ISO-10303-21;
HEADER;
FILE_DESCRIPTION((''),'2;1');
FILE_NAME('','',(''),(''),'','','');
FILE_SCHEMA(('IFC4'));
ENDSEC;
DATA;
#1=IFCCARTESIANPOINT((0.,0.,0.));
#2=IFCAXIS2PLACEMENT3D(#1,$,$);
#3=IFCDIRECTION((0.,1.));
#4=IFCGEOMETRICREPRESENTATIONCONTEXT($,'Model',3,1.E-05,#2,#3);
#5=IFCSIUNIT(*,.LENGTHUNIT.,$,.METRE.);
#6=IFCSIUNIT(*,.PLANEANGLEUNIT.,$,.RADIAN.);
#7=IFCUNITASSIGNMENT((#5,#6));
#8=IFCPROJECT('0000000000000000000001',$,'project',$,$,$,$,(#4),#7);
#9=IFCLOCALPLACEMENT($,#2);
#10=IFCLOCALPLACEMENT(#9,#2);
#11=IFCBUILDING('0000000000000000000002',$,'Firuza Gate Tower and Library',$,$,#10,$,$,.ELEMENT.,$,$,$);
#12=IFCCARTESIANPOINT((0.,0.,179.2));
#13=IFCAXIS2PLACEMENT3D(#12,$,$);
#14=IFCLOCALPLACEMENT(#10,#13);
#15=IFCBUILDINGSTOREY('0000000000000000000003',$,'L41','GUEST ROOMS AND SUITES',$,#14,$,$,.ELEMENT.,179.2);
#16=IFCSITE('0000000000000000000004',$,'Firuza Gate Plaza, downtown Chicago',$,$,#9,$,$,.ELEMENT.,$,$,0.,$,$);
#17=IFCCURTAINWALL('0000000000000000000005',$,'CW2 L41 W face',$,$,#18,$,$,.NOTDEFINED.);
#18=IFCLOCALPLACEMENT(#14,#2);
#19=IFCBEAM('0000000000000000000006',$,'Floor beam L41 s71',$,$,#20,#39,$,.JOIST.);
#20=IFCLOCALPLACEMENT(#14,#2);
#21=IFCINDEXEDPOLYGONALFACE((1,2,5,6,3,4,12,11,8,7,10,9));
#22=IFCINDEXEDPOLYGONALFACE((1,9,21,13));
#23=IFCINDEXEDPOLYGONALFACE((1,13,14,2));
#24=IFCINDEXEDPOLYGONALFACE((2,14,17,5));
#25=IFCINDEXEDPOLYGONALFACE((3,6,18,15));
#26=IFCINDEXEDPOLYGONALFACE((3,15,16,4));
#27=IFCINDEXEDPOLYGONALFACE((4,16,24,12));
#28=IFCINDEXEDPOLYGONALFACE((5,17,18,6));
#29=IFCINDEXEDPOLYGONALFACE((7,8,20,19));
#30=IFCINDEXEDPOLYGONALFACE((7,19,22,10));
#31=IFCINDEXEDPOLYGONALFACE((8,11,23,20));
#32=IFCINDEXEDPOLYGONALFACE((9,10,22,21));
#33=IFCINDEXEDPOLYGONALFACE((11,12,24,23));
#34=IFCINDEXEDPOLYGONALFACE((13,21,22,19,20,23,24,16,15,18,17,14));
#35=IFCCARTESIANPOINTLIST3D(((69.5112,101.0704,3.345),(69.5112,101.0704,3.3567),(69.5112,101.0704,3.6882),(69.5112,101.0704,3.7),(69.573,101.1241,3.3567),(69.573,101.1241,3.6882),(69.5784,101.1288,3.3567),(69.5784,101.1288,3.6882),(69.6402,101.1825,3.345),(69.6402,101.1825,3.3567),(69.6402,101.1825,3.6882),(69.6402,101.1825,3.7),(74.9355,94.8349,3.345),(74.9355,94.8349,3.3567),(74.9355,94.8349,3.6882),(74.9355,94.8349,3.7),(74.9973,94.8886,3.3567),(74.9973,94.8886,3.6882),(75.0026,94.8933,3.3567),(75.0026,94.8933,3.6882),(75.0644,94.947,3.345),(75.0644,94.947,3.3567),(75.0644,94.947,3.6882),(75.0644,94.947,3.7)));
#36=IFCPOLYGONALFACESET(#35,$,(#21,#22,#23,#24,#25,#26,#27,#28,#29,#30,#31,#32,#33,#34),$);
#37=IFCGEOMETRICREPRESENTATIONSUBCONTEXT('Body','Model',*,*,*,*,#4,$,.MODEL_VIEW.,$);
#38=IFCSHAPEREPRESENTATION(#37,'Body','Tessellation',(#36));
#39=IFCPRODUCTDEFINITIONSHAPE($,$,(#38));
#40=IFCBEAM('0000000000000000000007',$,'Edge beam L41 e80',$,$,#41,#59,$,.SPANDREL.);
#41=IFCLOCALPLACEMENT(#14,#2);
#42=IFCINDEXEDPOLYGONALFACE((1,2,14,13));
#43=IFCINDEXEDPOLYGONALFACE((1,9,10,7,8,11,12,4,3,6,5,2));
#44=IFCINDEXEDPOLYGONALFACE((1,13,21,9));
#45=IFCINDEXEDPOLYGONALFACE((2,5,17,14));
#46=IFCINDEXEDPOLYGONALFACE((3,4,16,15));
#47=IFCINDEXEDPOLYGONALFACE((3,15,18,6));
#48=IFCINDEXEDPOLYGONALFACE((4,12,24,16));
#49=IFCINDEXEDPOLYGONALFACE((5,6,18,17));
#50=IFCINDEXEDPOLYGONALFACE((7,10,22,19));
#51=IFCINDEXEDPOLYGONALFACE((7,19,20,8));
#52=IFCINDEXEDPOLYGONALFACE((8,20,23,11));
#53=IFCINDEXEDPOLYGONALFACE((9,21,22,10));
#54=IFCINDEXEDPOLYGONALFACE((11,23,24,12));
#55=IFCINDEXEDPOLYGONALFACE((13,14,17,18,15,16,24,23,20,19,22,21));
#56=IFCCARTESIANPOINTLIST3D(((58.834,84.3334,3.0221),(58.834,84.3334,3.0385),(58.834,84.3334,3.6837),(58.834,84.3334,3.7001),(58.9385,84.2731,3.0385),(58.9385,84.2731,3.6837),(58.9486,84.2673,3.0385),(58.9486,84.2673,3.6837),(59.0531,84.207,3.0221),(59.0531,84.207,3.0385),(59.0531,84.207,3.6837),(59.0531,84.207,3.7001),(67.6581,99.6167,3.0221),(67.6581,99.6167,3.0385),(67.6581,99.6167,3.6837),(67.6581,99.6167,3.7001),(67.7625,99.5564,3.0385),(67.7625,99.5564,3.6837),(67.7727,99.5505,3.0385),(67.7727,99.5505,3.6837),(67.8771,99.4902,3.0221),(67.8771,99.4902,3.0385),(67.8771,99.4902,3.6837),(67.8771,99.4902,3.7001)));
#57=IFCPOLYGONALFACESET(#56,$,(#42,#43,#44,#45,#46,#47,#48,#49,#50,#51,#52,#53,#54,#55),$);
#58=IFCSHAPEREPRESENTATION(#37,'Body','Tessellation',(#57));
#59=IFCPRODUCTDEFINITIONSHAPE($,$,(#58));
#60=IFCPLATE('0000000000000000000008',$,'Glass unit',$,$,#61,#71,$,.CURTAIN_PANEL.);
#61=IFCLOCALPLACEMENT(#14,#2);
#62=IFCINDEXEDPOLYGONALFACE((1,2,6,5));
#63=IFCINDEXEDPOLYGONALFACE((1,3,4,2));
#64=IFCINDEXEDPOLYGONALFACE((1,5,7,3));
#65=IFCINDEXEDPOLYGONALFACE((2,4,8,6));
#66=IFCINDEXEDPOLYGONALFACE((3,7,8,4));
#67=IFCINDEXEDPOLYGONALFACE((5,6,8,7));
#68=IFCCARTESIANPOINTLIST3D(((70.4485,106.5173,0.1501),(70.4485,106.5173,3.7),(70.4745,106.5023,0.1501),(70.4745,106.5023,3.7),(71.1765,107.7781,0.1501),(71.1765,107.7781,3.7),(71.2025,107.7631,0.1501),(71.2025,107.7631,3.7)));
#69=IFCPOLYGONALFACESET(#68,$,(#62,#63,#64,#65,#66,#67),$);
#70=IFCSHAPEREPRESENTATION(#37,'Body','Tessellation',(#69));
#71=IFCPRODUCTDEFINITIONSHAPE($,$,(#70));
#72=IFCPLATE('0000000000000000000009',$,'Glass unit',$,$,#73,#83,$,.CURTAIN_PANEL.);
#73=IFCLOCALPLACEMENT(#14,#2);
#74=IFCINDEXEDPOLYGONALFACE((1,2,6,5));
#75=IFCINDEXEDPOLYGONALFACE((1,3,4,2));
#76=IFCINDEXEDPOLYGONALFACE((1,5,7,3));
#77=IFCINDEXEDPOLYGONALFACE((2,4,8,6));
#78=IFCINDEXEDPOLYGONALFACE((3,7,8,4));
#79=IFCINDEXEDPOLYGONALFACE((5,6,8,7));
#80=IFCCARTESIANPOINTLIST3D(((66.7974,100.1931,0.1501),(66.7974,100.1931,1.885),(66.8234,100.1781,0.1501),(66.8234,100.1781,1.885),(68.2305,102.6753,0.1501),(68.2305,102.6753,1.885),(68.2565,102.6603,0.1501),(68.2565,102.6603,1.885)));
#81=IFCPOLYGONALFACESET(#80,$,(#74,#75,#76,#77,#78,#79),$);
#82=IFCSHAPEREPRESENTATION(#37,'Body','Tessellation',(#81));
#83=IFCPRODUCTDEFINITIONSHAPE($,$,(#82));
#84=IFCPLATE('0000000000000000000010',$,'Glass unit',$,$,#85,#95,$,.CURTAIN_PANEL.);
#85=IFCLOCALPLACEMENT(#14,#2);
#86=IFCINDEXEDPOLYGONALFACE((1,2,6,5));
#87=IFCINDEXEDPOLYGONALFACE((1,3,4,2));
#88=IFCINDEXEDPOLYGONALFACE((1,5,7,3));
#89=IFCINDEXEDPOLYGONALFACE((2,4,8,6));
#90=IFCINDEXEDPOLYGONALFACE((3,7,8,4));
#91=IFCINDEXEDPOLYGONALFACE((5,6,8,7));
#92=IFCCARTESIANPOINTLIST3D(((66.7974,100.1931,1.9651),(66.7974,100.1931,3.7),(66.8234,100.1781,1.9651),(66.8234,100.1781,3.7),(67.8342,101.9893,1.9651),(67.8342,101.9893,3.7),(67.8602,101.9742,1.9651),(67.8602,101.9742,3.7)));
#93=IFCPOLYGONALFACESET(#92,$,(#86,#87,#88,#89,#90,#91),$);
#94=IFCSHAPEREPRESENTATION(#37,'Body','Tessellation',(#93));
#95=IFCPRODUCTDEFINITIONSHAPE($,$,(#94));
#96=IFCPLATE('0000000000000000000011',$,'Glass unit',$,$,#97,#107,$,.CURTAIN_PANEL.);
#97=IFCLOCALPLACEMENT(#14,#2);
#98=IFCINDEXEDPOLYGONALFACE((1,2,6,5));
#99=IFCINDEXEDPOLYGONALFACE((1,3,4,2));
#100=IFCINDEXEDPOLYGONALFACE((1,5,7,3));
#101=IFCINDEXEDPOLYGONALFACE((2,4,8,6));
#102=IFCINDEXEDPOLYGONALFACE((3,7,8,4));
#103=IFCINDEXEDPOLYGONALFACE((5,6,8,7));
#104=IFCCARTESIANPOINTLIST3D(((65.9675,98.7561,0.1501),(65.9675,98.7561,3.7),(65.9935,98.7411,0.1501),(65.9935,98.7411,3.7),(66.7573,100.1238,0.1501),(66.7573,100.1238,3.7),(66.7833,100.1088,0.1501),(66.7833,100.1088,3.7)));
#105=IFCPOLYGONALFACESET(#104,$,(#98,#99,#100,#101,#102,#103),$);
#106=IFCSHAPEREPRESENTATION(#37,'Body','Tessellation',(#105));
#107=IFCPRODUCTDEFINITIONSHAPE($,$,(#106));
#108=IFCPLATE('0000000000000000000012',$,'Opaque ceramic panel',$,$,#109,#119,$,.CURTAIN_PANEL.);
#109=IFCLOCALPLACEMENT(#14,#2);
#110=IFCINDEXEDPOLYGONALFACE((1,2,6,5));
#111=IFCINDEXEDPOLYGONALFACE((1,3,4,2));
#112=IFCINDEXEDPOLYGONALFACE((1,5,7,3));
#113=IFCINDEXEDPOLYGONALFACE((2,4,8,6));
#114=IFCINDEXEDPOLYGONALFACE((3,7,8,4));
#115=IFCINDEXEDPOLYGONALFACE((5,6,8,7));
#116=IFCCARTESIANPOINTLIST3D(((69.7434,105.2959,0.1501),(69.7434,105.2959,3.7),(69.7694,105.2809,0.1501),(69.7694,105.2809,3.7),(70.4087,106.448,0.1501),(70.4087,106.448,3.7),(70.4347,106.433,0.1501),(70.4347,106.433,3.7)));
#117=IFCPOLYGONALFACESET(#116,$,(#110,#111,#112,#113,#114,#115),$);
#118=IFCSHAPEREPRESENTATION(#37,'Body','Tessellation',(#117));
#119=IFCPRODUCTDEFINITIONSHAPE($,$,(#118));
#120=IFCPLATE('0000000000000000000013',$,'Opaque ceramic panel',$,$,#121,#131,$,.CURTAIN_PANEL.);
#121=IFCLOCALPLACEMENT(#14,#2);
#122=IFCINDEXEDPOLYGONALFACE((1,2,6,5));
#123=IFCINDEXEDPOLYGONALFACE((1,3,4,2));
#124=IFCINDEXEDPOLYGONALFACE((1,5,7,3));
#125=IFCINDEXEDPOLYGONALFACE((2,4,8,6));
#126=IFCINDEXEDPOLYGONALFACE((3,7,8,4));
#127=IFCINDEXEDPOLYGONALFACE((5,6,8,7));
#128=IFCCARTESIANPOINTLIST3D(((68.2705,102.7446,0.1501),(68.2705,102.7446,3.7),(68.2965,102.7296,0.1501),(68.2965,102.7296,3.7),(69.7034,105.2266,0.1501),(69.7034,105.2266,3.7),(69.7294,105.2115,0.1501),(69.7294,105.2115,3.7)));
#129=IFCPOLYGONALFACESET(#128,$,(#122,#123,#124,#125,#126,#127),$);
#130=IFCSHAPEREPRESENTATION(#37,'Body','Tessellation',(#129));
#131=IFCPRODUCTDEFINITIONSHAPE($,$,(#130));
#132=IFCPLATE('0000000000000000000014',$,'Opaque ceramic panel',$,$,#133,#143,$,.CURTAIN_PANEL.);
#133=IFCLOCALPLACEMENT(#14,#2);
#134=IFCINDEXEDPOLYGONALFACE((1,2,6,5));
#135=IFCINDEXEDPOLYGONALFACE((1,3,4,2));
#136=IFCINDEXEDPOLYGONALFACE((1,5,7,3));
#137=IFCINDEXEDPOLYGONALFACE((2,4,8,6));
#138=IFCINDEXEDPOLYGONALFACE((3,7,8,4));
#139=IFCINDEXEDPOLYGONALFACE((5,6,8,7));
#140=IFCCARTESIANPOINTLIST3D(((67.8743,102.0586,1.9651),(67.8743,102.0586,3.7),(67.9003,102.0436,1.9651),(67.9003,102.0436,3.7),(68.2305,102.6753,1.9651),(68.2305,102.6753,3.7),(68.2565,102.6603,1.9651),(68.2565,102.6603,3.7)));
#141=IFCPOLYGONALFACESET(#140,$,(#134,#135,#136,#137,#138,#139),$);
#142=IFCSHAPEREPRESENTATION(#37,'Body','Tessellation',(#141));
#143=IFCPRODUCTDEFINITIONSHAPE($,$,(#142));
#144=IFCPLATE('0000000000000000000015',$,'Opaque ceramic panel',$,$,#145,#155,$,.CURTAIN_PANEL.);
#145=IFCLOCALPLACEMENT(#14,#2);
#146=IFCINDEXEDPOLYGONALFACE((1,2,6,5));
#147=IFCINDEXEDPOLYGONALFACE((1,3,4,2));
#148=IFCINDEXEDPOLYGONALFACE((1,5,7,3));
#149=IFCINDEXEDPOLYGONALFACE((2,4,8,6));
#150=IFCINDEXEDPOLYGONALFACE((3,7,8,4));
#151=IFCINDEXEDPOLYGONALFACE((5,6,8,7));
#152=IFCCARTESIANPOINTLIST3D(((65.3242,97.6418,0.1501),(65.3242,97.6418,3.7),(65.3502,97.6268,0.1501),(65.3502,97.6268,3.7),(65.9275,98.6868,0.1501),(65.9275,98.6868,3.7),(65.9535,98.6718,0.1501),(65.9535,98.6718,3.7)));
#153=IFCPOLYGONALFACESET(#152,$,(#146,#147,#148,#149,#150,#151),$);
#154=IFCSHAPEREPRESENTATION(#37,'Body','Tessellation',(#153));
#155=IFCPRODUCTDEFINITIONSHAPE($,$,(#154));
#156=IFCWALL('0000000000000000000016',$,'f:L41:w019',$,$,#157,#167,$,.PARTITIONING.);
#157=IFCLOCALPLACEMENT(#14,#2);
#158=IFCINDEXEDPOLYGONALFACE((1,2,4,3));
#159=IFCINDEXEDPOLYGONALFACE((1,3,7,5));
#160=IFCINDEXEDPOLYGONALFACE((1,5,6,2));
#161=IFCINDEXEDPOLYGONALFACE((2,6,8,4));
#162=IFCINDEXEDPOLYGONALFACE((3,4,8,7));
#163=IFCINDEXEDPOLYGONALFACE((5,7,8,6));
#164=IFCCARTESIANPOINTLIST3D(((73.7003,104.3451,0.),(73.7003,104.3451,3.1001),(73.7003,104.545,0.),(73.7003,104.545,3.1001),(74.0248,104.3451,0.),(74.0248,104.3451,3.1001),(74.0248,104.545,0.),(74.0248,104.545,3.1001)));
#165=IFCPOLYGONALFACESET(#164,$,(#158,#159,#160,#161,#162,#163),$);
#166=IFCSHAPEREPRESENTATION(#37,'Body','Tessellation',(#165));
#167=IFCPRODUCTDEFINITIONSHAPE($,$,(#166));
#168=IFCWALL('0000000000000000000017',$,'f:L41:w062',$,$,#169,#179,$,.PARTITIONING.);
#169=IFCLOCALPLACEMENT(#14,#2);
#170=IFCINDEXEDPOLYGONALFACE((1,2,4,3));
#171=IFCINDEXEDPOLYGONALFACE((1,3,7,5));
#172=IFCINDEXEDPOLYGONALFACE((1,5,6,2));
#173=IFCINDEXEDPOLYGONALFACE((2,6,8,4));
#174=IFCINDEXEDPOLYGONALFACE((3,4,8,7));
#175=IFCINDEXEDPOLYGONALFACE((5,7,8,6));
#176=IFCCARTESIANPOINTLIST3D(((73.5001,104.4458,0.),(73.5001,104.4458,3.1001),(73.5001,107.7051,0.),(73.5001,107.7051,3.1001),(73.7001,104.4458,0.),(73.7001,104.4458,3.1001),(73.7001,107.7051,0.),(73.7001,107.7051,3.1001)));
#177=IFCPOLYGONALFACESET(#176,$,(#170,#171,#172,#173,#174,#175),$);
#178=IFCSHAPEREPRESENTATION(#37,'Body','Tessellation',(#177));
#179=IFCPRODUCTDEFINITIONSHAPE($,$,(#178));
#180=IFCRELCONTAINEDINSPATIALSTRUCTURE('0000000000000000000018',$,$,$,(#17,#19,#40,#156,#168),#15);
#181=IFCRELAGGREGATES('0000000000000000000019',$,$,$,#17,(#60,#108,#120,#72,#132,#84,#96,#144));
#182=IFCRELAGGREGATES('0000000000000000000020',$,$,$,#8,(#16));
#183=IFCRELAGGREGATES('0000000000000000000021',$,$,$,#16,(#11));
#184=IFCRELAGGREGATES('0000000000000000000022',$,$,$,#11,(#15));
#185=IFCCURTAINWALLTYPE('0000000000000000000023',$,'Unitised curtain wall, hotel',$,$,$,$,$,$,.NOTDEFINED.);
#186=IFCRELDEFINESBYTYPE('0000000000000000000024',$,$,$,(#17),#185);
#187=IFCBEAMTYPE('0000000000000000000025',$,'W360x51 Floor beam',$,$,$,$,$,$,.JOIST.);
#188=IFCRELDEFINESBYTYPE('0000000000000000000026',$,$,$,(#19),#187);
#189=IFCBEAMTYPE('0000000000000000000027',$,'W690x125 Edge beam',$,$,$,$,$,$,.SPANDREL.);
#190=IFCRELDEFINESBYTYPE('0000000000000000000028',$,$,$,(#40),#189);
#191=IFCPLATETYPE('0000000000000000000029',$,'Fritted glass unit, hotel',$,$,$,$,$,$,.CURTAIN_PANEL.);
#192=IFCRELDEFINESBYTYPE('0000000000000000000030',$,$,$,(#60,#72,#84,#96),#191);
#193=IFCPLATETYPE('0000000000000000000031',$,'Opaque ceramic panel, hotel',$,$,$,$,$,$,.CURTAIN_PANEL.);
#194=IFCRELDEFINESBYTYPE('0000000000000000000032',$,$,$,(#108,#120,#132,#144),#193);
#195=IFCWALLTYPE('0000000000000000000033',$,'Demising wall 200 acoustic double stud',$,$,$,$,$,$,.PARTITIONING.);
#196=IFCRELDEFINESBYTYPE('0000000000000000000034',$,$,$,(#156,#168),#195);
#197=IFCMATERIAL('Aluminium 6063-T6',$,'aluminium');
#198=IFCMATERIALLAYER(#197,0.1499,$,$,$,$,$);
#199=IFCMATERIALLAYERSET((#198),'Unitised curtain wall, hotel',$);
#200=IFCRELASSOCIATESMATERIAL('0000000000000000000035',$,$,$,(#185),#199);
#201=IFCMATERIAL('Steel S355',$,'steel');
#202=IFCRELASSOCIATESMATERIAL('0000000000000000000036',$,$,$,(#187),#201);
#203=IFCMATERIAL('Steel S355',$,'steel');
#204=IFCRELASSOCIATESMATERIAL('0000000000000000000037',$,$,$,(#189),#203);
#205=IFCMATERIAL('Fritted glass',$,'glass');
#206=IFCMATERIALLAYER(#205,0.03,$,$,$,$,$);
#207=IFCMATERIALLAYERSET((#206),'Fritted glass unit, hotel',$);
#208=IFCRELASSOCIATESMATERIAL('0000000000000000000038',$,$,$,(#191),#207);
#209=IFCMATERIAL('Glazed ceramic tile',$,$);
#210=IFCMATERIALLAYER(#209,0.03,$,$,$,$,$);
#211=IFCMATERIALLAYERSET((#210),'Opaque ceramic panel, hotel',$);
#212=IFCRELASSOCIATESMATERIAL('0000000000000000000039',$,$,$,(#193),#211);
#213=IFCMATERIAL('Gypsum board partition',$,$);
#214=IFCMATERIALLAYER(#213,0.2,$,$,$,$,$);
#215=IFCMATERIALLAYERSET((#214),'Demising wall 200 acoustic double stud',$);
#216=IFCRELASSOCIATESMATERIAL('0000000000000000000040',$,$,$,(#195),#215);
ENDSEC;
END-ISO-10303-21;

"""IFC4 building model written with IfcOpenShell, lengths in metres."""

from ifc_helpers import new_model, si_unit, direction, frame, frame_2d, origin, origin_2d, place, context, subcontext, project, spatial, polyline, rectangle, i_section, outline, extrude, material, layer, layer_set, material_profile, profile_set, type_object, element, aggregate, save


model = new_model("IFC4")

# Units and contexts
model_context = context("Model", 3, precision=1e-05, world=origin(), true_north=direction((0.0, 1.0)))
body_context = subcontext(model_context, "Body", "Model", "MODEL_VIEW")
ifc_project = project(units=[si_unit("LENGTHUNIT", "METRE"), si_unit("PLANEANGLEUNIT", "RADIAN")], contexts=[model_context])

# Site, building, storey
site_placement = place(None, origin())
site = spatial("IfcSite", under=ifc_project, at=site_placement, Name="Firuza Gate Plaza, downtown Chicago", CompositionType="ELEMENT", RefElevation=0.0)
building_placement = place(site_placement, origin())
building = spatial("IfcBuilding", under=site, at=building_placement, Name="Firuza Gate Tower and Library", CompositionType="ELEMENT")
storey_placement = place(building_placement, frame((0.0, 0.0, 179.2)))
storey = spatial("IfcBuildingStorey", under=building, at=storey_placement, Name="L41", Description="GUEST ROOMS AND SUITES", CompositionType="ELEMENT", Elevation=179.2)

# Curtain wall
ifc_material_1 = material(Name="Aluminium 6063-T6", Category="aluminium")
ifc_layer_1 = layer(ifc_material_1, 0.1499)
ifc_layer_set_1 = layer_set([ifc_layer_1], Name="Unitised curtain wall, hotel")
curtain_wall_type_1 = type_object("IfcCurtainWallType", Name="Unitised curtain wall, hotel", PredefinedType="NOTDEFINED", material=ifc_layer_set_1)
placement = place(storey_placement, origin())
curtain_wall_1 = element("IfcCurtainWall", 1, at=placement, inside=storey, type_object=curtain_wall_type_1, Name="CW2 L41 W face", PredefinedType="NOTDEFINED")

# Beams
ifc_material_2 = material(Name="Steel S355", Category="steel")
ifc_material_profile_1 = material_profile(ifc_material_2, i_section(OverallWidth=0.1709, OverallDepth=0.355, WebThickness=0.0071, FlangeThickness=0.0117, at=origin_2d()))
ifc_profile_set_1 = profile_set([ifc_material_profile_1], Name="Steel S355")
beam_type_1 = type_object("IfcBeamType", Name="W360x51 Floor beam", PredefinedType="JOIST", material=ifc_profile_set_1)
beam_1_placement = place(storey_placement, frame((69.5757, 101.1265, 3.5225), z_axis=(0.656321, -0.754482, 0.0), x_axis=(0.754482, 0.656321, 0.0)))
element("IfcBeam", 2, at=beam_1_placement, inside=storey, type_object=beam_type_1, Name="Floor beam L41 s71", PredefinedType="JOIST", context=body_context, shape_type="SweptSolid", body=[
    extrude(i_section(OverallWidth=0.1709, OverallDepth=0.355, WebThickness=0.0071, FlangeThickness=0.0117, at=origin_2d()), origin(), (0.0, 0.0, 1.0), 8.2646),
])
ifc_material_3 = material(Name="Steel S355", Category="steel")
ifc_material_profile_2 = material_profile(ifc_material_3, i_section(OverallWidth=0.2529, OverallDepth=0.678, WebThickness=0.0117, FlangeThickness=0.0164, at=origin_2d()))
ifc_profile_set_2 = profile_set([ifc_material_profile_2], Name="Steel S355")
beam_type_2 = type_object("IfcBeamType", Name="W690x125 Edge beam", PredefinedType="SPANDREL", material=ifc_profile_set_2)
beam_2_placement = place(storey_placement, frame((67.7676, 99.5535, 3.3611), z_axis=(-0.500009, -0.86602, 0.0), x_axis=(0.86602, -0.500009, 0.0)))
element("IfcBeam", 3, at=beam_2_placement, inside=storey, type_object=beam_type_2, Name="Edge beam L41 e80", PredefinedType="SPANDREL", context=body_context, shape_type="SweptSolid", body=[
    extrude(i_section(OverallWidth=0.2529, OverallDepth=0.678, WebThickness=0.0117, FlangeThickness=0.0164, at=origin_2d()), origin(), (0.0, 0.0, 1.0), 17.6477),
])

# Plates
ifc_material_4 = material(Name="Fritted glass", Category="glass")
ifc_layer_2 = layer(ifc_material_4, 0.03)
ifc_layer_set_2 = layer_set([ifc_layer_2], Name="Fritted glass unit, hotel")
plate_type_1 = type_object("IfcPlateType", Name="Fritted glass unit, hotel", PredefinedType="CURTAIN_PANEL", material=ifc_layer_set_2)
plate_1_placement = place(storey_placement, frame((71.1765, 107.7781, 0.1501), z_axis=(-0.865985, 0.500071, 0.0), x_axis=(-0.500071, -0.865985, 0.0)))
plate_1 = element("IfcPlate", 4, at=plate_1_placement, type_object=plate_type_1, Name="Glass unit", PredefinedType="CURTAIN_PANEL", context=body_context, shape_type="SweptSolid", body=[
    extrude(outline(polyline([(0.0, 0.0), (1.4558, 0.0), (1.4558, 3.5498), (0.0, 3.5498), (0.0, 0.0)])), origin(), (0.0, 0.0, -1.0), 0.03),
])
plate_2_placement = place(storey_placement, frame((68.2305, 102.6753, 0.1501), z_axis=(-0.866022, 0.500005, 0.0), x_axis=(-0.500005, -0.866022, 0.0)))
plate_2 = element("IfcPlate", 5, at=plate_2_placement, type_object=plate_type_1, Name="Glass unit", PredefinedType="CURTAIN_PANEL", context=body_context, shape_type="SweptSolid", body=[
    extrude(outline(polyline([(0.0, 0.0), (2.8662, 0.0), (2.8662, 1.7349), (0.0, 1.7349), (0.0, 0.0)])), origin(), (0.0, 0.0, -1.0), 0.03),
])
plate_3_placement = place(storey_placement, frame((67.8342, 101.9893, 1.9651), z_axis=(-0.866054, 0.49995, 0.0), x_axis=(-0.49995, -0.866054, 0.0)))
plate_3 = element("IfcPlate", 6, at=plate_3_placement, type_object=plate_type_1, Name="Glass unit", PredefinedType="CURTAIN_PANEL", context=body_context, shape_type="SweptSolid", body=[
    extrude(outline(polyline([(0.0, 0.0), (2.0739, 0.0), (2.0739, 1.7349), (0.0, 1.7349), (0.0, 0.0)])), origin(), (0.0, 0.0, -1.0), 0.03),
])
plate_4_placement = place(storey_placement, frame((66.7573, 100.1238, 0.1501), z_axis=(-0.86598, 0.500079, 0.0), x_axis=(-0.500079, -0.86598, 0.0)))
plate_4 = element("IfcPlate", 7, at=plate_4_placement, type_object=plate_type_1, Name="Glass unit", PredefinedType="CURTAIN_PANEL", context=body_context, shape_type="SweptSolid", body=[
    extrude(outline(polyline([(0.0, 0.0), (1.5793, 0.0), (1.5793, 3.5498), (0.0, 3.5498), (0.0, 0.0)])), origin(), (0.0, 0.0, -1.0), 0.03),
])
ifc_material_5 = material(Name="Glazed ceramic tile")
ifc_layer_3 = layer(ifc_material_5, 0.03)
ifc_layer_set_3 = layer_set([ifc_layer_3], Name="Opaque ceramic panel, hotel")
plate_type_2 = type_object("IfcPlateType", Name="Opaque ceramic panel, hotel", PredefinedType="CURTAIN_PANEL", material=ifc_layer_set_3)
plate_5_placement = place(storey_placement, frame((70.4087, 106.448, 0.1501), z_axis=(-0.865987, 0.500067, 0.0), x_axis=(-0.500067, -0.865987, 0.0)))
plate_5 = element("IfcPlate", 8, at=plate_5_placement, type_object=plate_type_2, Name="Opaque ceramic panel", PredefinedType="CURTAIN_PANEL", context=body_context, shape_type="SweptSolid", body=[
    extrude(outline(polyline([(0.0, 0.0), (1.3304, 0.0), (1.3304, 3.5498), (0.0, 3.5498), (0.0, 0.0)])), origin(), (0.0, 0.0, -1.0), 0.03),
])
plate_6_placement = place(storey_placement, frame((69.7034, 105.2266, 0.1501), z_axis=(-0.866038, 0.499978, 0.0), x_axis=(-0.499978, -0.866038, 0.0)))
plate_6 = element("IfcPlate", 9, at=plate_6_placement, type_object=plate_type_2, Name="Opaque ceramic panel", PredefinedType="CURTAIN_PANEL", context=body_context, shape_type="SweptSolid", body=[
    extrude(outline(polyline([(0.0, 0.0), (2.8658, 0.0), (2.8658, 3.5498), (0.0, 3.5498), (0.0, 0.0)])), origin(), (0.0, 0.0, -1.0), 0.03),
])
plate_7_placement = place(storey_placement, frame((68.2305, 102.6753, 1.9651), z_axis=(-0.865934, 0.500158, 0.0), x_axis=(-0.500158, -0.865934, 0.0)))
plate_7 = element("IfcPlate", 10, at=plate_7_placement, type_object=plate_type_2, Name="Opaque ceramic panel", PredefinedType="CURTAIN_PANEL", context=body_context, shape_type="SweptSolid", body=[
    extrude(outline(polyline([(0.0, 0.0), (0.7122, 0.0), (0.7122, 1.7349), (0.0, 1.7349), (0.0, 0.0)])), origin(), (0.0, 0.0, -1.0), 0.03),
])
plate_8_placement = place(storey_placement, frame((65.9275, 98.6868, 0.1501), z_axis=(-0.866031, 0.499991, 0.0), x_axis=(-0.499991, -0.866031, 0.0)))
plate_8 = element("IfcPlate", 11, at=plate_8_placement, type_object=plate_type_2, Name="Opaque ceramic panel", PredefinedType="CURTAIN_PANEL", context=body_context, shape_type="SweptSolid", body=[
    extrude(outline(polyline([(0.0, 0.0), (1.2066, 0.0), (1.2066, 3.5498), (0.0, 3.5498), (0.0, 0.0)])), origin(), (0.0, 0.0, -1.0), 0.03),
])
aggregate(curtain_wall_1, [plate_1, plate_5, plate_6, plate_2, plate_7, plate_3, plate_4, plate_8])

# Walls
ifc_material_6 = material(Name="Gypsum board partition")
ifc_layer_4 = layer(ifc_material_6, 0.2)
ifc_layer_set_4 = layer_set([ifc_layer_4], Name="Demising wall 200 acoustic double stud")
wall_type_1 = type_object("IfcWallType", Name="Demising wall 200 acoustic double stud", PredefinedType="PARTITIONING", material=ifc_layer_set_4)
wall_1_placement = place(storey_placement, frame((73.7004, 104.4451, 0.0), z_axis=(0.0, 0.0, 1.0), x_axis=(1.0, 0.0, 0.0)))
element("IfcWall", 12, at=wall_1_placement, inside=storey, type_object=wall_type_1, Name="f:L41:w019", PredefinedType="PARTITIONING", context=body_context, shape_type="SweptSolid", body=[
    extrude(rectangle(XDim=0.3245, YDim=0.2, at=frame_2d((0.1621, 0.0))), origin(), (0.0, 0.0, 1.0), 3.1001),
])
wall_2_placement = place(storey_placement, frame((73.6001, 104.4458, 0.0), z_axis=(0.0, 0.0, 1.0), x_axis=(0.0, 1.0, 0.0)))
element("IfcWall", 13, at=wall_2_placement, inside=storey, type_object=wall_type_1, Name="f:L41:w062", PredefinedType="PARTITIONING", context=body_context, shape_type="SweptSolid", body=[
    extrude(rectangle(XDim=3.2593, YDim=0.2, at=frame_2d((1.6296, 0.0))), origin(), (0.0, 0.0, 1.0), 3.1001),
])

save(model, "model.ifc")
